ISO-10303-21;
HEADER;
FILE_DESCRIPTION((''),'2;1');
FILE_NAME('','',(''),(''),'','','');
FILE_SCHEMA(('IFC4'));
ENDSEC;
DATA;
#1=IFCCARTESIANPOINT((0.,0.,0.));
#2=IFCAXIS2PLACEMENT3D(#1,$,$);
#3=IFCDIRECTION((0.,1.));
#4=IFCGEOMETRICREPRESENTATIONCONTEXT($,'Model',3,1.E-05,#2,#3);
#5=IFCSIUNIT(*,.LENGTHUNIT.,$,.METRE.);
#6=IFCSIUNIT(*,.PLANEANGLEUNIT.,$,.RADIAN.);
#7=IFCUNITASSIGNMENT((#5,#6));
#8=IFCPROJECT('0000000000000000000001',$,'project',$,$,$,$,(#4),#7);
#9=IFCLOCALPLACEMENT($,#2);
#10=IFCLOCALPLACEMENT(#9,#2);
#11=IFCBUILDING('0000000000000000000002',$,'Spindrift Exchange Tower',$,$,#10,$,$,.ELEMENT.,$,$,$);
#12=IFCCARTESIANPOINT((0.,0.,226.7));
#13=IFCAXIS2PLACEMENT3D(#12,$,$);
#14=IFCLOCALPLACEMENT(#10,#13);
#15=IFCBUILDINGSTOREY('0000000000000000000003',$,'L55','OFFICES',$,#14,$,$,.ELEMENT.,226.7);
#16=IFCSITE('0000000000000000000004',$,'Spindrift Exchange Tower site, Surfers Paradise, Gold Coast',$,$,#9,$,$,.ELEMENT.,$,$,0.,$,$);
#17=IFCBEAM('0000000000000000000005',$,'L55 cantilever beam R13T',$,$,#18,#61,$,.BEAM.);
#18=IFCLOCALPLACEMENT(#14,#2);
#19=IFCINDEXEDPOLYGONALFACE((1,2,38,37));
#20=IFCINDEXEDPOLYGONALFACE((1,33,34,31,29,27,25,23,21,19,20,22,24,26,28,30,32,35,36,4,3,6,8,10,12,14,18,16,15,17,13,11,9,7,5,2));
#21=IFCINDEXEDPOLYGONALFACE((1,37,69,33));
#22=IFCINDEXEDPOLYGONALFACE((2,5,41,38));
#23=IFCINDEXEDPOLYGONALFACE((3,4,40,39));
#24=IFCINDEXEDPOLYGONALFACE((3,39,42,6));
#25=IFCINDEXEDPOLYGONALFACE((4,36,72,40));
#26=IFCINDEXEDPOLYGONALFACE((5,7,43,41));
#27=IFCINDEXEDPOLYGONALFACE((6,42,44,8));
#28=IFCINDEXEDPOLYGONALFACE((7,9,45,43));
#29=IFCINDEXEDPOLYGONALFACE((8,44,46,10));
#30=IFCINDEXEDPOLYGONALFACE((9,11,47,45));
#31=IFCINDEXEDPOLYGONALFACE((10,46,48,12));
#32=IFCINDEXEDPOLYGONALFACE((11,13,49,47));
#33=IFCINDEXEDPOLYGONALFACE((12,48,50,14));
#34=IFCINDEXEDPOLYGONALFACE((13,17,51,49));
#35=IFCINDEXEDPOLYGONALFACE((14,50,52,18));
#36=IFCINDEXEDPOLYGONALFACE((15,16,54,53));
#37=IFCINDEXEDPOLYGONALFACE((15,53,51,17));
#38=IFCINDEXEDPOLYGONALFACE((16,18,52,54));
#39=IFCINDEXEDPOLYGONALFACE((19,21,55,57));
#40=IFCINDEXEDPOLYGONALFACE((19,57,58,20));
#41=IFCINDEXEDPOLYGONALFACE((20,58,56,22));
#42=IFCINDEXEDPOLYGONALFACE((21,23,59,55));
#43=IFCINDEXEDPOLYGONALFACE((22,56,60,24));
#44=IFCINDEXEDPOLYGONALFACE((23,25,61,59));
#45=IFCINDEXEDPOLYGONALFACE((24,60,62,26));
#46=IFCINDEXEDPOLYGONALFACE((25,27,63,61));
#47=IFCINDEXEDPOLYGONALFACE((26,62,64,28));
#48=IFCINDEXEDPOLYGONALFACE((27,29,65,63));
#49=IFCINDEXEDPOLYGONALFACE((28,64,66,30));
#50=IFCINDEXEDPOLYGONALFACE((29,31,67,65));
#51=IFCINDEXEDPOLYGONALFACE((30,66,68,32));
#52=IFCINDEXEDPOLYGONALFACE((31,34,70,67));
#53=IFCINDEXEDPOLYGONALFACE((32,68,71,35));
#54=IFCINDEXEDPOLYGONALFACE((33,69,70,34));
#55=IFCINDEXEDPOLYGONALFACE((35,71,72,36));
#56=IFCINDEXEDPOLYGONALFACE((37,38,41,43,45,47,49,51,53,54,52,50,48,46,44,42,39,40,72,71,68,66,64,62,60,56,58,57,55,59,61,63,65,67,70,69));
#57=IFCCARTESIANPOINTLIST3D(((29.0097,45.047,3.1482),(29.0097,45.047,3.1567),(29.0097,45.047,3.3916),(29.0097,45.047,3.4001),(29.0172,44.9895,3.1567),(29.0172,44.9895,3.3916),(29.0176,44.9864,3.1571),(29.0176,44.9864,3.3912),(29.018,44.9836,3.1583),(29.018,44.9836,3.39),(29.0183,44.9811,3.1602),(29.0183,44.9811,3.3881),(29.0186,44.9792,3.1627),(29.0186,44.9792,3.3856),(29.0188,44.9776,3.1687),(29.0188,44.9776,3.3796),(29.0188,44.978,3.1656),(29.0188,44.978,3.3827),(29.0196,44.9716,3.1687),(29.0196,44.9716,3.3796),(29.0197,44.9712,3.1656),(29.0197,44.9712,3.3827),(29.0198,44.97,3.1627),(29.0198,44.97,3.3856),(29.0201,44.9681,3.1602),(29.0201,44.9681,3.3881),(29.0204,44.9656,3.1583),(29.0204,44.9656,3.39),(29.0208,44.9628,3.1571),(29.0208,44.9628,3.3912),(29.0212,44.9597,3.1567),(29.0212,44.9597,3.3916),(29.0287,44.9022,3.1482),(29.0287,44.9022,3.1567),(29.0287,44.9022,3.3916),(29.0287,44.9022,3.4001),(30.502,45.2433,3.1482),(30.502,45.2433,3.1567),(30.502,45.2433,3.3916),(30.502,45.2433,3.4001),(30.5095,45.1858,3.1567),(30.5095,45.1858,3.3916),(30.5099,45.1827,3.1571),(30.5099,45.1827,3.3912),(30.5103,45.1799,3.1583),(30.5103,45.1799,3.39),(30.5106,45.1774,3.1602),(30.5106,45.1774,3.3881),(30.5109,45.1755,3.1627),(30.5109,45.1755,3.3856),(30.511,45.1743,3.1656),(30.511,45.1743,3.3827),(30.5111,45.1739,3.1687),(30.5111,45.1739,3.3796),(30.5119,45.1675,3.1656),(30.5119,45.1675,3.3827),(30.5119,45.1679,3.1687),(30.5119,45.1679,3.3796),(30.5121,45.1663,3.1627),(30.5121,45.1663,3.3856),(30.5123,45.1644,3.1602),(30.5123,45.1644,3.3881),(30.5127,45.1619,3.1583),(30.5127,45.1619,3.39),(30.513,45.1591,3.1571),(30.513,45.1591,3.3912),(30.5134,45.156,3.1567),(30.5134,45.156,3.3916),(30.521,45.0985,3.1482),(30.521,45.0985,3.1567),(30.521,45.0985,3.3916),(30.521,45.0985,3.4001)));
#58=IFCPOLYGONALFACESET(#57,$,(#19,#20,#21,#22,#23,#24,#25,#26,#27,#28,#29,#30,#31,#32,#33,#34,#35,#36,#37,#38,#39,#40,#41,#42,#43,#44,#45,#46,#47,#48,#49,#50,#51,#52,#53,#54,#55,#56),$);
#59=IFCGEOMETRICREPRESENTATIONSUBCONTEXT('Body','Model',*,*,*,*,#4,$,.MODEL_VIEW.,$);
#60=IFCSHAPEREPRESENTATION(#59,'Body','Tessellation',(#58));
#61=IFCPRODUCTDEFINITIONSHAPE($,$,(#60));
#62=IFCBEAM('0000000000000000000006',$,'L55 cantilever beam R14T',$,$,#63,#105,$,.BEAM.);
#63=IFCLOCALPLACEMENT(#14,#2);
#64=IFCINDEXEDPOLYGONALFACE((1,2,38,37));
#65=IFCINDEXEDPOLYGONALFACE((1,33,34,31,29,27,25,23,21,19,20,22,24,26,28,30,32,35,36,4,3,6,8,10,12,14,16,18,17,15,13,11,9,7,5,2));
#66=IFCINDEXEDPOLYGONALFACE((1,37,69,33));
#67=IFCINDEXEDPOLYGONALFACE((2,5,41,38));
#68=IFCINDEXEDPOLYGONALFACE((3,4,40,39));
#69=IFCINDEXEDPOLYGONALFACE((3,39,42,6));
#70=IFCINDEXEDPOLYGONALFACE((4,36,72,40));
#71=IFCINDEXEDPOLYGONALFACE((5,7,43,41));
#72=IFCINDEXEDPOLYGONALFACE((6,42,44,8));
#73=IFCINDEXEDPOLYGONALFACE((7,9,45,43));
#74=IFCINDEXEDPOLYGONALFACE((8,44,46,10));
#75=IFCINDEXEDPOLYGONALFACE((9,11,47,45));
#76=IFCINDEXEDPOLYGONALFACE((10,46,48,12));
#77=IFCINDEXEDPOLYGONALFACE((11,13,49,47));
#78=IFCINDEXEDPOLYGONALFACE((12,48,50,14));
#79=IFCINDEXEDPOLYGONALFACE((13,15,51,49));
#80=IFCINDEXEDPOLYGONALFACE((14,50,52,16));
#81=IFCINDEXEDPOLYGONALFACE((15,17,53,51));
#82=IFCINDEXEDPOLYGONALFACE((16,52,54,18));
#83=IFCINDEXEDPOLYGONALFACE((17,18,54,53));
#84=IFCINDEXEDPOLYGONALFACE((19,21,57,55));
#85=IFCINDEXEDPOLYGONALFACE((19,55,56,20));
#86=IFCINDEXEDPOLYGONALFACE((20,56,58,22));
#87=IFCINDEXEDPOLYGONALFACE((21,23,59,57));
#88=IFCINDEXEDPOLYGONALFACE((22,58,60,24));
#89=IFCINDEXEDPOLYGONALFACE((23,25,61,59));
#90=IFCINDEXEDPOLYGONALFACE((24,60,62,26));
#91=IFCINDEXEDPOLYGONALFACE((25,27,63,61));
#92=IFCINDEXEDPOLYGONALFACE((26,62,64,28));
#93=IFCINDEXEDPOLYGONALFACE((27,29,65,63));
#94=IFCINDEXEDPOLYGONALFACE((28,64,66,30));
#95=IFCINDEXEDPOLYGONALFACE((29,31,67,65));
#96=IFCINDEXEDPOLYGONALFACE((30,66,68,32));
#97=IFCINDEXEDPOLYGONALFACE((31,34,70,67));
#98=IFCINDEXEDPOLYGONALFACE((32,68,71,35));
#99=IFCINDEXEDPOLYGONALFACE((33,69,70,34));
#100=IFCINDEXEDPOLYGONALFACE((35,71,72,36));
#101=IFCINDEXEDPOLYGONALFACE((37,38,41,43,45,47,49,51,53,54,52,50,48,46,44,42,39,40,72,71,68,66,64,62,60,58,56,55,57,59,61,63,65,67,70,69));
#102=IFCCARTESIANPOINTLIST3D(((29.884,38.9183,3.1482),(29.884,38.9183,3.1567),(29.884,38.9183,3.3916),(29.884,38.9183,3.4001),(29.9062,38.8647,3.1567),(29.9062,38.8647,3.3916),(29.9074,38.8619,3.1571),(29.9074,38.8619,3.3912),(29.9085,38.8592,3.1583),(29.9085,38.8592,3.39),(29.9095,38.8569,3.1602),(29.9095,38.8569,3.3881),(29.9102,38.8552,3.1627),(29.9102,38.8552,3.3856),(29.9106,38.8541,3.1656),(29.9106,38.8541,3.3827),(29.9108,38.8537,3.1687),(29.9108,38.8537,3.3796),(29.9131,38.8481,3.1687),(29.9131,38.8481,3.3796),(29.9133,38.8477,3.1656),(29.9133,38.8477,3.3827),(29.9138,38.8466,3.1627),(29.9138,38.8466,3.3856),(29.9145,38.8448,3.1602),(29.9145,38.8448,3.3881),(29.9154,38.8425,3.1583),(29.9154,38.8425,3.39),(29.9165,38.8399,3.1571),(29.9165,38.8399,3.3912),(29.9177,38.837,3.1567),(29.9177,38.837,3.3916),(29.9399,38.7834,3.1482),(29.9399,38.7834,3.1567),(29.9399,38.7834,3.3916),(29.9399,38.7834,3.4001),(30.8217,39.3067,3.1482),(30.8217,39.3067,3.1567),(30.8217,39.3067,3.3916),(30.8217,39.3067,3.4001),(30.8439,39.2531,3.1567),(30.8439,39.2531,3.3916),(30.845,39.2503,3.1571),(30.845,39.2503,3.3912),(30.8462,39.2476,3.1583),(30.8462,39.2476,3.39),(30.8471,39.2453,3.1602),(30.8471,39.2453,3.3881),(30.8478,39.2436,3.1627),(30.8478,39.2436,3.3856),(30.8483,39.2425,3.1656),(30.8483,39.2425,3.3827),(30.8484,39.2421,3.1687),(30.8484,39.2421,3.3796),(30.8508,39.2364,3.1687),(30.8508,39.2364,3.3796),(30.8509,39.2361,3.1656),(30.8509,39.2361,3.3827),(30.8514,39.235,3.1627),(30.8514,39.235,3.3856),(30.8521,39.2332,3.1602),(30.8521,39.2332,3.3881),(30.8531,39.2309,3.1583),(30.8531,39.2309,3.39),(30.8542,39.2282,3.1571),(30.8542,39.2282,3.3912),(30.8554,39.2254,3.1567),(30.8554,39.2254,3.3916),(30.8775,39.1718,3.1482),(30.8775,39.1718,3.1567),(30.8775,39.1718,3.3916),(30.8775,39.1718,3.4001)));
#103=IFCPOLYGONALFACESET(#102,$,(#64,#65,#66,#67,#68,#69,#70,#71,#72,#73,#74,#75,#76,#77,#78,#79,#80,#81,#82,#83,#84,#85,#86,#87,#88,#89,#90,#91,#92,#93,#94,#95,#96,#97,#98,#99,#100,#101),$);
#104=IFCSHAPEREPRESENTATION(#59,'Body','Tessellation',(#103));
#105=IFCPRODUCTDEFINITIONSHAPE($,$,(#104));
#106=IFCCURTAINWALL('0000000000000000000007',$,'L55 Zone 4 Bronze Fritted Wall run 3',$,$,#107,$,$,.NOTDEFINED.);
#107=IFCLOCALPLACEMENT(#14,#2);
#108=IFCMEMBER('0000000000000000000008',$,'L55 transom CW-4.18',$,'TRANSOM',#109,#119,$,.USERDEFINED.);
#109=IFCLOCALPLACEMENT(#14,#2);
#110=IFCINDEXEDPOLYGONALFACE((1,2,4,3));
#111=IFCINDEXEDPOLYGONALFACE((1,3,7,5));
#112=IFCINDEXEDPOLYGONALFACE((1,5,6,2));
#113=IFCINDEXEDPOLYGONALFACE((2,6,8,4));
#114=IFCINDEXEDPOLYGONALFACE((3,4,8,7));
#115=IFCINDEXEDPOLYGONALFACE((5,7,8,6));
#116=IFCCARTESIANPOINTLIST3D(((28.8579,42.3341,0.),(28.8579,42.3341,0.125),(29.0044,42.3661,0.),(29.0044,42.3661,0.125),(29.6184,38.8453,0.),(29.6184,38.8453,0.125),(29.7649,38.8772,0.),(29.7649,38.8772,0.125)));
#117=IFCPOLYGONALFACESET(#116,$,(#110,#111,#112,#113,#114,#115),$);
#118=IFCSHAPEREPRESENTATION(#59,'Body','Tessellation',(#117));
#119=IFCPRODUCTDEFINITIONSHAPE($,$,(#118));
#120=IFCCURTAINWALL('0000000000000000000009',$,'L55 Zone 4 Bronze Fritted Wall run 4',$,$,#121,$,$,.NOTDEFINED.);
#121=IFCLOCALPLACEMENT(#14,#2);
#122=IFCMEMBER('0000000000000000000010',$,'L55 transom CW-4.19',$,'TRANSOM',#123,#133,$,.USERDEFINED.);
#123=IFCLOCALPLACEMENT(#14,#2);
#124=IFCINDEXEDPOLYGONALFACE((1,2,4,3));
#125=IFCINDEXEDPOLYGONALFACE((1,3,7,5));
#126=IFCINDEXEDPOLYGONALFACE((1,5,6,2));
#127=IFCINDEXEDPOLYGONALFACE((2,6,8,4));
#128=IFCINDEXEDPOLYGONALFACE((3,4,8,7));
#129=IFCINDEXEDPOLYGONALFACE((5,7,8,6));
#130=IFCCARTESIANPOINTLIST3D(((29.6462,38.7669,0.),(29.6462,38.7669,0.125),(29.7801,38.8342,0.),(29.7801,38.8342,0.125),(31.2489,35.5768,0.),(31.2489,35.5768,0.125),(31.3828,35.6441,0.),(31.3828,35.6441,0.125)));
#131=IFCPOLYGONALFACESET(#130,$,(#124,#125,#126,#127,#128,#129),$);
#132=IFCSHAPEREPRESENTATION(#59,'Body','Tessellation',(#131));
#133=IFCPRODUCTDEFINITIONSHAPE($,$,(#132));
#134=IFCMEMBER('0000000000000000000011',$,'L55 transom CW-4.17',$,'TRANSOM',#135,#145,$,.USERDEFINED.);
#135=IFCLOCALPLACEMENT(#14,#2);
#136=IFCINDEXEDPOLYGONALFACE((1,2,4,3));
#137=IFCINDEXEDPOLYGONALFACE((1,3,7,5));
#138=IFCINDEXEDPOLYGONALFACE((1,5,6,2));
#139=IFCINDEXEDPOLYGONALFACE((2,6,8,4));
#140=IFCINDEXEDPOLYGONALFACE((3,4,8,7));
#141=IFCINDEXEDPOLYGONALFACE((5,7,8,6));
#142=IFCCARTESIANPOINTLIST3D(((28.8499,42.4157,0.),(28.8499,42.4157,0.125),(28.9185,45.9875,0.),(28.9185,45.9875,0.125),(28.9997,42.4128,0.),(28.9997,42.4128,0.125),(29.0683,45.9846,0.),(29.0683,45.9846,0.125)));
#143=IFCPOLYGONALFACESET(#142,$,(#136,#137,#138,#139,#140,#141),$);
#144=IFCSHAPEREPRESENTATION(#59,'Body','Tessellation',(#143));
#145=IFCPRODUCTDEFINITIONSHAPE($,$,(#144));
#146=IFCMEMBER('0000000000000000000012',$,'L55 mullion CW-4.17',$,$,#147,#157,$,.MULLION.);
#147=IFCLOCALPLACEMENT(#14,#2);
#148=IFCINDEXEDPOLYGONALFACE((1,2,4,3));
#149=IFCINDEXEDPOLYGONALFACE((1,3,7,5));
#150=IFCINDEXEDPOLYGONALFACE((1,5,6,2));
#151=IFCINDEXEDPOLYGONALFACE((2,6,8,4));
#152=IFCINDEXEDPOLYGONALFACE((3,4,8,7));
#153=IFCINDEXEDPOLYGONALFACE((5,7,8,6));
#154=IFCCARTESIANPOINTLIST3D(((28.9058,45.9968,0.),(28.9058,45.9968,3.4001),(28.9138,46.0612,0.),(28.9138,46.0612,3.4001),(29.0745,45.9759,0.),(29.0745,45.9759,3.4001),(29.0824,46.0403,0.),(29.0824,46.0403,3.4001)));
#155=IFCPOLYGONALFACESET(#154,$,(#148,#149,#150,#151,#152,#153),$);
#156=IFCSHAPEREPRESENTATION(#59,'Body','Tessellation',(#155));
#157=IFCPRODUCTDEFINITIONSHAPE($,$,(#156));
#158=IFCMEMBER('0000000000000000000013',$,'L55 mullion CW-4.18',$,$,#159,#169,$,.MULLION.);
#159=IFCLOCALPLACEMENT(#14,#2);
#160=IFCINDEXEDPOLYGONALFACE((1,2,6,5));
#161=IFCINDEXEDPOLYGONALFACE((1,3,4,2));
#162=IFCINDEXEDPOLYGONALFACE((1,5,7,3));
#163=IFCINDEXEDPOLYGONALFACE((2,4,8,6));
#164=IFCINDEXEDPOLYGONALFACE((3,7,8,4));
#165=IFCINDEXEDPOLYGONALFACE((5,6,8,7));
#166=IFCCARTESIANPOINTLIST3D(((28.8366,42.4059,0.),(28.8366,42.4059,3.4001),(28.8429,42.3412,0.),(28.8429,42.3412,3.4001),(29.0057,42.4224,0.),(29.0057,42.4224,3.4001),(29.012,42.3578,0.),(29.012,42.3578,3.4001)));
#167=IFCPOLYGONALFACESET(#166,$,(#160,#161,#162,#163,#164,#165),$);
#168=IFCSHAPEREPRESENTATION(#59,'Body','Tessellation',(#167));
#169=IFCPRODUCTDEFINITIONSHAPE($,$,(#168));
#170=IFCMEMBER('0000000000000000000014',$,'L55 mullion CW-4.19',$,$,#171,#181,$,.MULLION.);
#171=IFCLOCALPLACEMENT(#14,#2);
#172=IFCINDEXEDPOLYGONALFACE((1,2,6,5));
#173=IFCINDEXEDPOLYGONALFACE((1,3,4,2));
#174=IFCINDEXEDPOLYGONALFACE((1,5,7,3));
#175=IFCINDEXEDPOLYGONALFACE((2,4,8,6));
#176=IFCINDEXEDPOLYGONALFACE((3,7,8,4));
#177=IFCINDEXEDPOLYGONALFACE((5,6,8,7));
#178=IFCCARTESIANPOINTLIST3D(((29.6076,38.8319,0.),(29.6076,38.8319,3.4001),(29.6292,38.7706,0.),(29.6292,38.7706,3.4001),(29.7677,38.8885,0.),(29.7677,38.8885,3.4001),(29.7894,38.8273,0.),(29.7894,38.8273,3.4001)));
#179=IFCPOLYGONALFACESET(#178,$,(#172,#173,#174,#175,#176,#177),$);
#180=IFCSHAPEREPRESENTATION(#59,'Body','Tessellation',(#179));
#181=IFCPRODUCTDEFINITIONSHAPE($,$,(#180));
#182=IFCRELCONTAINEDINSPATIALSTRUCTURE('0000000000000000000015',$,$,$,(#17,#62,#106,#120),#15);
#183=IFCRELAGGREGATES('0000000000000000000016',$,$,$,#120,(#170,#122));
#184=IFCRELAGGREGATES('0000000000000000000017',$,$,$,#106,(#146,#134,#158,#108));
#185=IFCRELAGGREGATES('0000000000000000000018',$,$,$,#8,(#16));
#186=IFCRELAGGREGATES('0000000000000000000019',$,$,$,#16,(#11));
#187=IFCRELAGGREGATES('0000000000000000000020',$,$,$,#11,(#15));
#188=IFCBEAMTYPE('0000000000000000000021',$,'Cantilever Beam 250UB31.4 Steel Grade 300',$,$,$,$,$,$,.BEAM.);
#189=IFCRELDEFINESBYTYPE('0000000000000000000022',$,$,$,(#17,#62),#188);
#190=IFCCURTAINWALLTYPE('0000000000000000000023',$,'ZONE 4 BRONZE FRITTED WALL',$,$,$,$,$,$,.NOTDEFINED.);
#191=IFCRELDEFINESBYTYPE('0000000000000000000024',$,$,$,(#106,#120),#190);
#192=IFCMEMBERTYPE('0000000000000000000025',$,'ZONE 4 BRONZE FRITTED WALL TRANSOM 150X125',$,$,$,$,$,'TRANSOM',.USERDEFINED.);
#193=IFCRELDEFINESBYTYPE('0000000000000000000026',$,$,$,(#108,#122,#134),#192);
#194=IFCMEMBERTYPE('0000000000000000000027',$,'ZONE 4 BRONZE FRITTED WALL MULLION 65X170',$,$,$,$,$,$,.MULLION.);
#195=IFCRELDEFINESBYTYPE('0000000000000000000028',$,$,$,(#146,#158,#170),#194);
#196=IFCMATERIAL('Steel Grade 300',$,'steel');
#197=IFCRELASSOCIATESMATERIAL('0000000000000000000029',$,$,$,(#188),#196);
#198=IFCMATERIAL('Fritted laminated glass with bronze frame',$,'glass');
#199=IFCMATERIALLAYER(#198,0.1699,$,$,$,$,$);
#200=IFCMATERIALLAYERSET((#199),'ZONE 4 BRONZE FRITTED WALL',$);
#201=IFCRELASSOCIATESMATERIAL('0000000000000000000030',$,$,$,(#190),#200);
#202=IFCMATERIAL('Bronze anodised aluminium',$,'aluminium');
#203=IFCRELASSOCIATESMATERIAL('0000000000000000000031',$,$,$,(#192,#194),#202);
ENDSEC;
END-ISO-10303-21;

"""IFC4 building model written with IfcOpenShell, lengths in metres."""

from ifc_helpers import new_model, si_unit, direction, frame, origin, origin_2d, place, context, subcontext, project, spatial, rectangle, i_section, extrude, source, transform, mapped, material, layer, layer_set, material_profile, profile_set, type_object, element, aggregate, save


model = new_model("IFC4")

# Units and contexts
model_context = context("Model", 3, precision=1e-05, world=origin(), true_north=direction((0.0, 1.0)))
body_context = subcontext(model_context, "Body", "Model", "MODEL_VIEW")
ifc_project = project(units=[si_unit("LENGTHUNIT", "METRE"), si_unit("PLANEANGLEUNIT", "RADIAN")], contexts=[model_context])

# Site, building, storey
site_placement = place(None, origin())
site = spatial("IfcSite", under=ifc_project, at=site_placement, Name="Spindrift Exchange Tower site, Surfers Paradise, Gold Coast", CompositionType="ELEMENT", RefElevation=0.0)
building_placement = place(site_placement, origin())
building = spatial("IfcBuilding", under=site, at=building_placement, Name="Spindrift Exchange Tower", CompositionType="ELEMENT")
storey_placement = place(building_placement, frame((0.0, 0.0, 226.7)))
storey = spatial("IfcBuildingStorey", under=building, at=storey_placement, Name="L55", Description="OFFICES", CompositionType="ELEMENT", Elevation=226.7)

# Beams
ifc_material_1 = material(Name="Steel Grade 300", Category="steel")
ifc_material_profile_1 = material_profile(ifc_material_1, i_section(OverallWidth=0.146, OverallDepth=0.252, WebThickness=0.0061, FlangeThickness=0.0085, FilletRadius=0.012, at=origin_2d()), Name="250UB31.4")
ifc_profile_set_1 = profile_set([ifc_material_profile_1], Name="Steel Grade 300")
beam_type_1 = type_object("IfcBeamType", Name="Cantilever Beam 250UB31.4 Steel Grade 300", PredefinedType="BEAM", material=ifc_profile_set_1)
shared_shape_1 = source(origin(), body_context, "Body", "SweptSolid", [
    extrude(i_section(OverallWidth=0.146, OverallDepth=0.252, WebThickness=0.0061, FlangeThickness=0.0085, FilletRadius=0.012, at=origin_2d()), origin(), (0.0, 0.0, 1.0), 1.5051),
])
beam_1_placement = place(storey_placement, frame((30.5115, 45.1709, 3.2742), z_axis=(-0.991459, -0.130421, 0.0), x_axis=(0.130421, -0.991459, 0.0)))
element("IfcBeam", 1, at=beam_1_placement, inside=storey, type_object=beam_type_1, Name="L55 cantilever beam R13T", PredefinedType="BEAM", context=body_context, shape_type="MappedRepresentation", body=[
    mapped(shared_shape_1, transform((0.0, 0.0, 0.0), scale=1.0)),
])
shared_shape_2 = source(origin(), body_context, "Body", "SweptSolid", [
    extrude(i_section(OverallWidth=0.146, OverallDepth=0.252, WebThickness=0.0061, FlangeThickness=0.0085, FilletRadius=0.012, at=origin_2d()), origin(), (0.0, 0.0, 1.0), 1.0149),
])
beam_2_placement = place(storey_placement, frame((30.8496, 39.2393, 3.2742), z_axis=(-0.923879, -0.382685, 0.0), x_axis=(0.382685, -0.923879, 0.0)))
element("IfcBeam", 2, at=beam_2_placement, inside=storey, type_object=beam_type_1, Name="L55 cantilever beam R14T", PredefinedType="BEAM", context=body_context, shape_type="MappedRepresentation", body=[
    mapped(shared_shape_2, transform((0.0, 0.0, 0.0), scale=1.0)),
])

# Curtain walls, members
ifc_material_2 = material(Name="Fritted laminated glass with bronze frame", Category="glass")
ifc_layer_1 = layer(ifc_material_2, 0.1699)
ifc_layer_set_1 = layer_set([ifc_layer_1], Name="ZONE 4 BRONZE FRITTED WALL")
curtain_wall_type = type_object("IfcCurtainWallType", Name="ZONE 4 BRONZE FRITTED WALL", PredefinedType="NOTDEFINED", material=ifc_layer_set_1)
curtain_wall_1_placement = place(storey_placement, origin())
curtain_wall_1 = element("IfcCurtainWall", 3, at=curtain_wall_1_placement, inside=storey, type_object=curtain_wall_type, Name="L55 Zone 4 Bronze Fritted Wall run 3", PredefinedType="NOTDEFINED")
ifc_material_3 = material(Name="Bronze anodised aluminium", Category="aluminium")
ifc_material_profile_2 = material_profile(ifc_material_3, rectangle(XDim=0.1499, YDim=0.125, at=origin_2d()), Name="ZONE 4 BRONZE FRITTED WALL TRANSOM 150X125")
ifc_profile_set_2 = profile_set([ifc_material_profile_2], Name="Bronze anodised aluminium")
member_type_1 = type_object("IfcMemberType", Name="ZONE 4 BRONZE FRITTED WALL TRANSOM 150X125", ElementType="TRANSOM", PredefinedType="USERDEFINED", material=ifc_profile_set_2)
shared_shape_3 = source(origin(), body_context, "Body", "SweptSolid", [
    extrude(rectangle(XDim=0.1499, YDim=0.125, at=origin_2d()), origin(), (0.0, 0.0, 1.0), 3.5708),
])
member_1_placement = place(storey_placement, frame((28.9312, 42.3501, 0.0625), z_axis=(0.212983, -0.977056, 0.0), x_axis=(0.977056, 0.212983, 0.0)))
member_1 = element("IfcMember", 4, at=member_1_placement, type_object=member_type_1, Name="L55 transom CW-4.18", ObjectType="TRANSOM", PredefinedType="USERDEFINED", context=body_context, shape_type="MappedRepresentation", body=[
    mapped(shared_shape_3, transform((0.0, 0.0, 0.0), scale=1.0)),
])
curtain_wall_2_placement = place(storey_placement, origin())
curtain_wall_2 = element("IfcCurtainWall", 5, at=curtain_wall_2_placement, inside=storey, type_object=curtain_wall_type, Name="L55 Zone 4 Bronze Fritted Wall run 4", PredefinedType="NOTDEFINED")
shared_shape_4 = source(origin(), body_context, "Body", "SweptSolid", [
    extrude(rectangle(XDim=0.1499, YDim=0.125, at=origin_2d()), origin(), (0.0, 0.0, 1.0), 3.5701),
])
member_2_placement = place(storey_placement, frame((29.7131, 38.8005, 0.0625), z_axis=(0.448936, -0.893564, 0.0), x_axis=(0.893564, 0.448936, 0.0)))
member_2 = element("IfcMember", 6, at=member_2_placement, type_object=member_type_1, Name="L55 transom CW-4.19", ObjectType="TRANSOM", PredefinedType="USERDEFINED", context=body_context, shape_type="MappedRepresentation", body=[
    mapped(shared_shape_4, transform((0.0, 0.0, 0.0), scale=1.0)),
])

# Members
shared_shape_5 = source(origin(), body_context, "Body", "SweptSolid", [
    extrude(rectangle(XDim=0.1499, YDim=0.125, at=origin_2d()), origin(), (0.0, 0.0, 1.0), 3.5725),
])
member_3_placement = place(storey_placement, frame((28.9934, 45.9861, 0.0625), z_axis=(-0.019204, -0.999816, 0.0), x_axis=(0.999816, -0.019204, 0.0)))
member_3 = element("IfcMember", 7, at=member_3_placement, type_object=member_type_1, Name="L55 transom CW-4.17", ObjectType="TRANSOM", PredefinedType="USERDEFINED", context=body_context, shape_type="MappedRepresentation", body=[
    mapped(shared_shape_5, transform((0.0, 0.0, 0.0), scale=1.0)),
])
ifc_material_profile_3 = material_profile(ifc_material_3, rectangle(XDim=0.0649, YDim=0.1699, at=origin_2d()), Name="ZONE 4 BRONZE FRITTED WALL MULLION 65X170")
ifc_profile_set_3 = profile_set([ifc_material_profile_3], Name="Bronze anodised aluminium")
member_type_2 = type_object("IfcMemberType", Name="ZONE 4 BRONZE FRITTED WALL MULLION 65X170", PredefinedType="MULLION", material=ifc_profile_set_3)
shared_shape_6 = source(origin(), body_context, "Body", "SweptSolid", [
    extrude(rectangle(XDim=0.0649, YDim=0.1699, at=origin_2d()), origin(), (0.0, 0.0, 1.0), 3.4001),
])
member_4_placement = place(storey_placement, frame((28.9941, 46.0186, 0.0), z_axis=(0.0, 0.0, 1.0), x_axis=(-0.12278, -0.992434, 0.0)))
member_4 = element("IfcMember", 8, at=member_4_placement, type_object=member_type_2, Name="L55 mullion CW-4.17", PredefinedType="MULLION", context=body_context, shape_type="MappedRepresentation", body=[
    mapped(shared_shape_6, transform((0.0, 0.0, 0.0), scale=1.0)),
])
member_5_placement = place(storey_placement, frame((28.9243, 42.3818, 0.0), z_axis=(0.0, 0.0, 1.0), x_axis=(0.097556, -0.99523, 0.0)))
member_5 = element("IfcMember", 9, at=member_5_placement, type_object=member_type_2, Name="L55 mullion CW-4.18", PredefinedType="MULLION", context=body_context, shape_type="MappedRepresentation", body=[
    mapped(shared_shape_6, transform((0.0, 0.0, 0.0), scale=1.0)),
])
member_6_placement = place(storey_placement, frame((29.6985, 38.8296, 0.0), z_axis=(0.0, 0.0, 1.0), x_axis=(0.333585, -0.94272, 0.0)))
member_6 = element("IfcMember", 10, at=member_6_placement, type_object=member_type_2, Name="L55 mullion CW-4.19", PredefinedType="MULLION", context=body_context, shape_type="MappedRepresentation", body=[
    mapped(shared_shape_6, transform((0.0, 0.0, 0.0), scale=1.0)),
])
aggregate(curtain_wall_2, [member_6, member_2])

aggregate(curtain_wall_1, [member_4, member_3, member_5, member_1])

save(model, "model.ifc")
